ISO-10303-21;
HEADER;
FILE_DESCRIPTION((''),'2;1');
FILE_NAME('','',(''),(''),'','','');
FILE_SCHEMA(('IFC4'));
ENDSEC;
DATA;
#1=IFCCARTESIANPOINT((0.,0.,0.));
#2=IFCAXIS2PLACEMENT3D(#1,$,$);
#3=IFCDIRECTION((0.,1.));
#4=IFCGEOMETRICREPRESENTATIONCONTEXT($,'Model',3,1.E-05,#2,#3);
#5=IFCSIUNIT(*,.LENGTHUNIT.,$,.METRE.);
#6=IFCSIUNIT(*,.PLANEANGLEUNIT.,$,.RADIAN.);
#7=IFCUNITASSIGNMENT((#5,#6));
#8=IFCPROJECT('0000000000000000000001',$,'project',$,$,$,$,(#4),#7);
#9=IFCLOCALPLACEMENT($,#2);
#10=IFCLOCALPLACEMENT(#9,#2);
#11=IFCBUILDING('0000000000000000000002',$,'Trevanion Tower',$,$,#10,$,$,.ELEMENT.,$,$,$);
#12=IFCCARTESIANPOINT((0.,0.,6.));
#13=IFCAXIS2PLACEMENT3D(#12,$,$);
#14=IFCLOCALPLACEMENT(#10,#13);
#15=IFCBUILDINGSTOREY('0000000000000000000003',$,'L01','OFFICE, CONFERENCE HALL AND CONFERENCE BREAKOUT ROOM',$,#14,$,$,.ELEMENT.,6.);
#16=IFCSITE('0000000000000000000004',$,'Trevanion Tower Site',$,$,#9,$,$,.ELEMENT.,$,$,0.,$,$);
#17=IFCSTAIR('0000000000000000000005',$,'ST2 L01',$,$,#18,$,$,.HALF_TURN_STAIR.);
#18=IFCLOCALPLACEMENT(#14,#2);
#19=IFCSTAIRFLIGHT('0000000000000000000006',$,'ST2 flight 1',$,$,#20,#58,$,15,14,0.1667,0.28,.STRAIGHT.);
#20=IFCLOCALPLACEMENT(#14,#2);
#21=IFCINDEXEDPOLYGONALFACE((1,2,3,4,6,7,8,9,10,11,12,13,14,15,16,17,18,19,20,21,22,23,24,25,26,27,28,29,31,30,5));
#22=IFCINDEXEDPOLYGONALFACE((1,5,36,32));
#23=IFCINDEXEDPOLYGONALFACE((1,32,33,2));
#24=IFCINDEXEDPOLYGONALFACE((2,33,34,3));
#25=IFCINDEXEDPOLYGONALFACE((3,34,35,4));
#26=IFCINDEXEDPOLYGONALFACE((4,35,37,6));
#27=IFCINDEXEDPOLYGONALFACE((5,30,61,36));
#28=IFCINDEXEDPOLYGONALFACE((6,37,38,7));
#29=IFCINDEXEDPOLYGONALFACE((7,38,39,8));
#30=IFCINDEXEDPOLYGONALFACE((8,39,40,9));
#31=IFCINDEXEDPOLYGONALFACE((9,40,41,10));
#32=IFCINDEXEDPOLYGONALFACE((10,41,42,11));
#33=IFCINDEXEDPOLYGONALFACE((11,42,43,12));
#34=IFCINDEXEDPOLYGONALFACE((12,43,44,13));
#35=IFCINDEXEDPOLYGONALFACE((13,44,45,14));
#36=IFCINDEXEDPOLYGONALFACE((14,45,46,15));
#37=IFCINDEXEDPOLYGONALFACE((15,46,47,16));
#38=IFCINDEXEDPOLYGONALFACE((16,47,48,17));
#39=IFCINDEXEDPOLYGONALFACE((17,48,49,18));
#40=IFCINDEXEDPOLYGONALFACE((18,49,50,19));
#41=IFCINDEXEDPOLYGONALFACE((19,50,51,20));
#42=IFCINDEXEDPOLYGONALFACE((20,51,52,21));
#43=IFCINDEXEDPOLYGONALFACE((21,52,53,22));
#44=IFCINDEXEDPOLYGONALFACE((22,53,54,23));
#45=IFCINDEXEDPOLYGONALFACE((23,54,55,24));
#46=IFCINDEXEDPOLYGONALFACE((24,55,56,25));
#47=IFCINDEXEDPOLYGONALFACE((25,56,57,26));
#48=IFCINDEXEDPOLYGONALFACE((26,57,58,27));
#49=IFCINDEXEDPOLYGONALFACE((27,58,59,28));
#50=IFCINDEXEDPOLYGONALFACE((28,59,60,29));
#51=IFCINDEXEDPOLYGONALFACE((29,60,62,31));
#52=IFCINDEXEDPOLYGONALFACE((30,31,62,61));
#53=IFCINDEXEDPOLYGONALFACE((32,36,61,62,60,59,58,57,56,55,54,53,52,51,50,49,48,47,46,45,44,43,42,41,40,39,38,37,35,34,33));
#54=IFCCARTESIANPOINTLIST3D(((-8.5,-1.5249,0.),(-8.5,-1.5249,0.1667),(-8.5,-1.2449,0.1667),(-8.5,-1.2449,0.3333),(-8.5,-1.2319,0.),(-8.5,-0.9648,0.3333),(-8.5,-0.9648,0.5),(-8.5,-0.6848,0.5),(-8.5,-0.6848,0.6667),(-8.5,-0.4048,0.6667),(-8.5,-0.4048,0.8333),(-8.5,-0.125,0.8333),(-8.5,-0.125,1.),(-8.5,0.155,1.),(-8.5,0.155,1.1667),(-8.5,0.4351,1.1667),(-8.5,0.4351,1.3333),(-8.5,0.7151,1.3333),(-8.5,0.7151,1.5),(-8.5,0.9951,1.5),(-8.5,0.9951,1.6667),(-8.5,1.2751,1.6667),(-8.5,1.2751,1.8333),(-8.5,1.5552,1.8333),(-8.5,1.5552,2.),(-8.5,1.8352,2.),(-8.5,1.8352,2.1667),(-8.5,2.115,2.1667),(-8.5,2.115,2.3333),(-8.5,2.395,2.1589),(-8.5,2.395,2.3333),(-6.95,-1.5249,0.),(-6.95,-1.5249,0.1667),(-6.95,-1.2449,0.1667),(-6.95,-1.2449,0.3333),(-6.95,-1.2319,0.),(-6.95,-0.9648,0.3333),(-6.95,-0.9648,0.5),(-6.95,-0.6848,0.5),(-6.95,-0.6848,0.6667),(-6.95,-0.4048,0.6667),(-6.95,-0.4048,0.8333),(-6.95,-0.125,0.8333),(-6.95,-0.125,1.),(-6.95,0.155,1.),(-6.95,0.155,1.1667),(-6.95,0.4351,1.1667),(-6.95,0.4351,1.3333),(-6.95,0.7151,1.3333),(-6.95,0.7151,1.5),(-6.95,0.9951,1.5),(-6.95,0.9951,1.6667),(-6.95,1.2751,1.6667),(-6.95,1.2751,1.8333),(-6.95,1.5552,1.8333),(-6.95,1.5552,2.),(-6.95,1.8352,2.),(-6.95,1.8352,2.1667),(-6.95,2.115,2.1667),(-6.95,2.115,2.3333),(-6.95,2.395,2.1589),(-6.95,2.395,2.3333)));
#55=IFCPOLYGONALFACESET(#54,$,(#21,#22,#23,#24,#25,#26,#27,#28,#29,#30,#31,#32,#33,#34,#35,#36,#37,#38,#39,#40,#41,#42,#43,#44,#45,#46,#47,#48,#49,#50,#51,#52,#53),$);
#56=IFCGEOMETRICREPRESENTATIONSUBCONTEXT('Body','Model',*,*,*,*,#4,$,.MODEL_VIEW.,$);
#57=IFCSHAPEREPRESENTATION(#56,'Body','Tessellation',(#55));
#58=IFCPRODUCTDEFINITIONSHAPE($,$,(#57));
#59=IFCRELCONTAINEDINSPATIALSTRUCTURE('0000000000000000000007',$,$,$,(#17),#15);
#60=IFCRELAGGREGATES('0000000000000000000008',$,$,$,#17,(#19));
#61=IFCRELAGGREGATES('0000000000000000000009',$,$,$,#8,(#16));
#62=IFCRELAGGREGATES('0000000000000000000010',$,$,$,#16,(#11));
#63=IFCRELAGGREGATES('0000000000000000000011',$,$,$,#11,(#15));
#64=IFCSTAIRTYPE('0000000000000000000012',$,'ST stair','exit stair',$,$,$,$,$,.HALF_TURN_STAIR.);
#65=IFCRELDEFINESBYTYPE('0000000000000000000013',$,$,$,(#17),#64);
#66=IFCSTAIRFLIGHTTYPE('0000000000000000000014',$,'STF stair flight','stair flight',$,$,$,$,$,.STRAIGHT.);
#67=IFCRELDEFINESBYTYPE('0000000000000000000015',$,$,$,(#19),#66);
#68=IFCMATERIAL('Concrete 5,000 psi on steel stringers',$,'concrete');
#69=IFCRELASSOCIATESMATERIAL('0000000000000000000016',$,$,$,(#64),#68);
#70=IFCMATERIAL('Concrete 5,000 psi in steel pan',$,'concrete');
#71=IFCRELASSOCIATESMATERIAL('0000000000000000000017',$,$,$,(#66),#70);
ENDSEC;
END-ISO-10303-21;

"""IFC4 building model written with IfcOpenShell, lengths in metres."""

from ifc_helpers import new_model, si_unit, direction, frame, origin, place, context, subcontext, project, spatial, polyline, outline, extrude, material, type_object, element, aggregate, save


model = new_model("IFC4")

# Units and contexts
model_context = context("Model", 3, precision=1e-05, world=origin(), true_north=direction((0.0, 1.0)))
body_context = subcontext(model_context, "Body", "Model", "MODEL_VIEW")
ifc_project = project(units=[si_unit("LENGTHUNIT", "METRE"), si_unit("PLANEANGLEUNIT", "RADIAN")], contexts=[model_context])

# Site, building, storey
site_placement = place(None, origin())
site = spatial("IfcSite", under=ifc_project, at=site_placement, Name="Trevanion Tower Site", CompositionType="ELEMENT", RefElevation=0.0)
building_placement = place(site_placement, origin())
building = spatial("IfcBuilding", under=site, at=building_placement, Name="Trevanion Tower", CompositionType="ELEMENT")
storey_placement = place(building_placement, frame((0.0, 0.0, 6.0)))
storey = spatial("IfcBuildingStorey", under=building, at=storey_placement, Name="L01", Description="OFFICE, CONFERENCE HALL AND CONFERENCE BREAKOUT ROOM", CompositionType="ELEMENT", Elevation=6.0)

# Stair, stair flight
ifc_material_1 = material(Name="Concrete 5,000 psi on steel stringers", Category="concrete")
stair_type = type_object("IfcStairType", Name="ST stair", Description="exit stair", PredefinedType="HALF_TURN_STAIR", material=ifc_material_1)
stair_placement = place(storey_placement, origin())
stair = element("IfcStair", 1, at=stair_placement, inside=storey, type_object=stair_type, Name="ST2 L01", PredefinedType="HALF_TURN_STAIR")
ifc_material_2 = material(Name="Concrete 5,000 psi in steel pan", Category="concrete")
stair_flight_type = type_object("IfcStairFlightType", Name="STF stair flight", Description="stair flight", PredefinedType="STRAIGHT", material=ifc_material_2)
stair_flight_placement = place(storey_placement, frame((-7.7251, -1.5249, 0.0), z_axis=(0.0, 0.0, 1.0), x_axis=(0.0, 1.0, 0.0)))
stair_flight = element("IfcStairFlight", 2, at=stair_flight_placement, type_object=stair_flight_type, Name="ST2 flight 1", NumberOfRisers=15, NumberOfTreads=14, PredefinedType="STRAIGHT", RiserHeight=0.1667, TreadLength=0.28, context=body_context, shape_type="SweptSolid", body=[
    extrude(outline(polyline([(0.0, 0.0), (0.0, 0.1667), (0.28, 0.1667), (0.28, 0.3333), (0.5601, 0.3333), (0.5601, 0.5), (0.8401, 0.5), (0.8401, 0.6667), (1.1201, 0.6667), (1.1201, 0.8333), (1.3999, 0.8333), (1.3999, 1.0), (1.6799, 1.0), (1.6799, 1.1667), (1.96, 1.1667), (1.96, 1.3333), (2.24, 1.3333), (2.24, 1.5), (2.52, 1.5), (2.52, 1.6667), (2.8, 1.6667), (2.8, 1.8333), (3.0801, 1.8333), (3.0801, 2.0), (3.3601, 2.0), (3.3601, 2.1667), (3.6399, 2.1667), (3.6399, 2.3333), (3.9199, 2.3333), (3.9199, 2.5), (3.9199, 2.1589), (0.293, 0.0), (0.0, 0.0)])), frame((0.0, 0.7749, 0.0), z_axis=(0.0, -1.0, 0.0), x_axis=(1.0, 0.0, 0.0)), (0.0, 0.0, 1.0), 1.55),
])
aggregate(stair, [stair_flight])

save(model, "model.ifc")
